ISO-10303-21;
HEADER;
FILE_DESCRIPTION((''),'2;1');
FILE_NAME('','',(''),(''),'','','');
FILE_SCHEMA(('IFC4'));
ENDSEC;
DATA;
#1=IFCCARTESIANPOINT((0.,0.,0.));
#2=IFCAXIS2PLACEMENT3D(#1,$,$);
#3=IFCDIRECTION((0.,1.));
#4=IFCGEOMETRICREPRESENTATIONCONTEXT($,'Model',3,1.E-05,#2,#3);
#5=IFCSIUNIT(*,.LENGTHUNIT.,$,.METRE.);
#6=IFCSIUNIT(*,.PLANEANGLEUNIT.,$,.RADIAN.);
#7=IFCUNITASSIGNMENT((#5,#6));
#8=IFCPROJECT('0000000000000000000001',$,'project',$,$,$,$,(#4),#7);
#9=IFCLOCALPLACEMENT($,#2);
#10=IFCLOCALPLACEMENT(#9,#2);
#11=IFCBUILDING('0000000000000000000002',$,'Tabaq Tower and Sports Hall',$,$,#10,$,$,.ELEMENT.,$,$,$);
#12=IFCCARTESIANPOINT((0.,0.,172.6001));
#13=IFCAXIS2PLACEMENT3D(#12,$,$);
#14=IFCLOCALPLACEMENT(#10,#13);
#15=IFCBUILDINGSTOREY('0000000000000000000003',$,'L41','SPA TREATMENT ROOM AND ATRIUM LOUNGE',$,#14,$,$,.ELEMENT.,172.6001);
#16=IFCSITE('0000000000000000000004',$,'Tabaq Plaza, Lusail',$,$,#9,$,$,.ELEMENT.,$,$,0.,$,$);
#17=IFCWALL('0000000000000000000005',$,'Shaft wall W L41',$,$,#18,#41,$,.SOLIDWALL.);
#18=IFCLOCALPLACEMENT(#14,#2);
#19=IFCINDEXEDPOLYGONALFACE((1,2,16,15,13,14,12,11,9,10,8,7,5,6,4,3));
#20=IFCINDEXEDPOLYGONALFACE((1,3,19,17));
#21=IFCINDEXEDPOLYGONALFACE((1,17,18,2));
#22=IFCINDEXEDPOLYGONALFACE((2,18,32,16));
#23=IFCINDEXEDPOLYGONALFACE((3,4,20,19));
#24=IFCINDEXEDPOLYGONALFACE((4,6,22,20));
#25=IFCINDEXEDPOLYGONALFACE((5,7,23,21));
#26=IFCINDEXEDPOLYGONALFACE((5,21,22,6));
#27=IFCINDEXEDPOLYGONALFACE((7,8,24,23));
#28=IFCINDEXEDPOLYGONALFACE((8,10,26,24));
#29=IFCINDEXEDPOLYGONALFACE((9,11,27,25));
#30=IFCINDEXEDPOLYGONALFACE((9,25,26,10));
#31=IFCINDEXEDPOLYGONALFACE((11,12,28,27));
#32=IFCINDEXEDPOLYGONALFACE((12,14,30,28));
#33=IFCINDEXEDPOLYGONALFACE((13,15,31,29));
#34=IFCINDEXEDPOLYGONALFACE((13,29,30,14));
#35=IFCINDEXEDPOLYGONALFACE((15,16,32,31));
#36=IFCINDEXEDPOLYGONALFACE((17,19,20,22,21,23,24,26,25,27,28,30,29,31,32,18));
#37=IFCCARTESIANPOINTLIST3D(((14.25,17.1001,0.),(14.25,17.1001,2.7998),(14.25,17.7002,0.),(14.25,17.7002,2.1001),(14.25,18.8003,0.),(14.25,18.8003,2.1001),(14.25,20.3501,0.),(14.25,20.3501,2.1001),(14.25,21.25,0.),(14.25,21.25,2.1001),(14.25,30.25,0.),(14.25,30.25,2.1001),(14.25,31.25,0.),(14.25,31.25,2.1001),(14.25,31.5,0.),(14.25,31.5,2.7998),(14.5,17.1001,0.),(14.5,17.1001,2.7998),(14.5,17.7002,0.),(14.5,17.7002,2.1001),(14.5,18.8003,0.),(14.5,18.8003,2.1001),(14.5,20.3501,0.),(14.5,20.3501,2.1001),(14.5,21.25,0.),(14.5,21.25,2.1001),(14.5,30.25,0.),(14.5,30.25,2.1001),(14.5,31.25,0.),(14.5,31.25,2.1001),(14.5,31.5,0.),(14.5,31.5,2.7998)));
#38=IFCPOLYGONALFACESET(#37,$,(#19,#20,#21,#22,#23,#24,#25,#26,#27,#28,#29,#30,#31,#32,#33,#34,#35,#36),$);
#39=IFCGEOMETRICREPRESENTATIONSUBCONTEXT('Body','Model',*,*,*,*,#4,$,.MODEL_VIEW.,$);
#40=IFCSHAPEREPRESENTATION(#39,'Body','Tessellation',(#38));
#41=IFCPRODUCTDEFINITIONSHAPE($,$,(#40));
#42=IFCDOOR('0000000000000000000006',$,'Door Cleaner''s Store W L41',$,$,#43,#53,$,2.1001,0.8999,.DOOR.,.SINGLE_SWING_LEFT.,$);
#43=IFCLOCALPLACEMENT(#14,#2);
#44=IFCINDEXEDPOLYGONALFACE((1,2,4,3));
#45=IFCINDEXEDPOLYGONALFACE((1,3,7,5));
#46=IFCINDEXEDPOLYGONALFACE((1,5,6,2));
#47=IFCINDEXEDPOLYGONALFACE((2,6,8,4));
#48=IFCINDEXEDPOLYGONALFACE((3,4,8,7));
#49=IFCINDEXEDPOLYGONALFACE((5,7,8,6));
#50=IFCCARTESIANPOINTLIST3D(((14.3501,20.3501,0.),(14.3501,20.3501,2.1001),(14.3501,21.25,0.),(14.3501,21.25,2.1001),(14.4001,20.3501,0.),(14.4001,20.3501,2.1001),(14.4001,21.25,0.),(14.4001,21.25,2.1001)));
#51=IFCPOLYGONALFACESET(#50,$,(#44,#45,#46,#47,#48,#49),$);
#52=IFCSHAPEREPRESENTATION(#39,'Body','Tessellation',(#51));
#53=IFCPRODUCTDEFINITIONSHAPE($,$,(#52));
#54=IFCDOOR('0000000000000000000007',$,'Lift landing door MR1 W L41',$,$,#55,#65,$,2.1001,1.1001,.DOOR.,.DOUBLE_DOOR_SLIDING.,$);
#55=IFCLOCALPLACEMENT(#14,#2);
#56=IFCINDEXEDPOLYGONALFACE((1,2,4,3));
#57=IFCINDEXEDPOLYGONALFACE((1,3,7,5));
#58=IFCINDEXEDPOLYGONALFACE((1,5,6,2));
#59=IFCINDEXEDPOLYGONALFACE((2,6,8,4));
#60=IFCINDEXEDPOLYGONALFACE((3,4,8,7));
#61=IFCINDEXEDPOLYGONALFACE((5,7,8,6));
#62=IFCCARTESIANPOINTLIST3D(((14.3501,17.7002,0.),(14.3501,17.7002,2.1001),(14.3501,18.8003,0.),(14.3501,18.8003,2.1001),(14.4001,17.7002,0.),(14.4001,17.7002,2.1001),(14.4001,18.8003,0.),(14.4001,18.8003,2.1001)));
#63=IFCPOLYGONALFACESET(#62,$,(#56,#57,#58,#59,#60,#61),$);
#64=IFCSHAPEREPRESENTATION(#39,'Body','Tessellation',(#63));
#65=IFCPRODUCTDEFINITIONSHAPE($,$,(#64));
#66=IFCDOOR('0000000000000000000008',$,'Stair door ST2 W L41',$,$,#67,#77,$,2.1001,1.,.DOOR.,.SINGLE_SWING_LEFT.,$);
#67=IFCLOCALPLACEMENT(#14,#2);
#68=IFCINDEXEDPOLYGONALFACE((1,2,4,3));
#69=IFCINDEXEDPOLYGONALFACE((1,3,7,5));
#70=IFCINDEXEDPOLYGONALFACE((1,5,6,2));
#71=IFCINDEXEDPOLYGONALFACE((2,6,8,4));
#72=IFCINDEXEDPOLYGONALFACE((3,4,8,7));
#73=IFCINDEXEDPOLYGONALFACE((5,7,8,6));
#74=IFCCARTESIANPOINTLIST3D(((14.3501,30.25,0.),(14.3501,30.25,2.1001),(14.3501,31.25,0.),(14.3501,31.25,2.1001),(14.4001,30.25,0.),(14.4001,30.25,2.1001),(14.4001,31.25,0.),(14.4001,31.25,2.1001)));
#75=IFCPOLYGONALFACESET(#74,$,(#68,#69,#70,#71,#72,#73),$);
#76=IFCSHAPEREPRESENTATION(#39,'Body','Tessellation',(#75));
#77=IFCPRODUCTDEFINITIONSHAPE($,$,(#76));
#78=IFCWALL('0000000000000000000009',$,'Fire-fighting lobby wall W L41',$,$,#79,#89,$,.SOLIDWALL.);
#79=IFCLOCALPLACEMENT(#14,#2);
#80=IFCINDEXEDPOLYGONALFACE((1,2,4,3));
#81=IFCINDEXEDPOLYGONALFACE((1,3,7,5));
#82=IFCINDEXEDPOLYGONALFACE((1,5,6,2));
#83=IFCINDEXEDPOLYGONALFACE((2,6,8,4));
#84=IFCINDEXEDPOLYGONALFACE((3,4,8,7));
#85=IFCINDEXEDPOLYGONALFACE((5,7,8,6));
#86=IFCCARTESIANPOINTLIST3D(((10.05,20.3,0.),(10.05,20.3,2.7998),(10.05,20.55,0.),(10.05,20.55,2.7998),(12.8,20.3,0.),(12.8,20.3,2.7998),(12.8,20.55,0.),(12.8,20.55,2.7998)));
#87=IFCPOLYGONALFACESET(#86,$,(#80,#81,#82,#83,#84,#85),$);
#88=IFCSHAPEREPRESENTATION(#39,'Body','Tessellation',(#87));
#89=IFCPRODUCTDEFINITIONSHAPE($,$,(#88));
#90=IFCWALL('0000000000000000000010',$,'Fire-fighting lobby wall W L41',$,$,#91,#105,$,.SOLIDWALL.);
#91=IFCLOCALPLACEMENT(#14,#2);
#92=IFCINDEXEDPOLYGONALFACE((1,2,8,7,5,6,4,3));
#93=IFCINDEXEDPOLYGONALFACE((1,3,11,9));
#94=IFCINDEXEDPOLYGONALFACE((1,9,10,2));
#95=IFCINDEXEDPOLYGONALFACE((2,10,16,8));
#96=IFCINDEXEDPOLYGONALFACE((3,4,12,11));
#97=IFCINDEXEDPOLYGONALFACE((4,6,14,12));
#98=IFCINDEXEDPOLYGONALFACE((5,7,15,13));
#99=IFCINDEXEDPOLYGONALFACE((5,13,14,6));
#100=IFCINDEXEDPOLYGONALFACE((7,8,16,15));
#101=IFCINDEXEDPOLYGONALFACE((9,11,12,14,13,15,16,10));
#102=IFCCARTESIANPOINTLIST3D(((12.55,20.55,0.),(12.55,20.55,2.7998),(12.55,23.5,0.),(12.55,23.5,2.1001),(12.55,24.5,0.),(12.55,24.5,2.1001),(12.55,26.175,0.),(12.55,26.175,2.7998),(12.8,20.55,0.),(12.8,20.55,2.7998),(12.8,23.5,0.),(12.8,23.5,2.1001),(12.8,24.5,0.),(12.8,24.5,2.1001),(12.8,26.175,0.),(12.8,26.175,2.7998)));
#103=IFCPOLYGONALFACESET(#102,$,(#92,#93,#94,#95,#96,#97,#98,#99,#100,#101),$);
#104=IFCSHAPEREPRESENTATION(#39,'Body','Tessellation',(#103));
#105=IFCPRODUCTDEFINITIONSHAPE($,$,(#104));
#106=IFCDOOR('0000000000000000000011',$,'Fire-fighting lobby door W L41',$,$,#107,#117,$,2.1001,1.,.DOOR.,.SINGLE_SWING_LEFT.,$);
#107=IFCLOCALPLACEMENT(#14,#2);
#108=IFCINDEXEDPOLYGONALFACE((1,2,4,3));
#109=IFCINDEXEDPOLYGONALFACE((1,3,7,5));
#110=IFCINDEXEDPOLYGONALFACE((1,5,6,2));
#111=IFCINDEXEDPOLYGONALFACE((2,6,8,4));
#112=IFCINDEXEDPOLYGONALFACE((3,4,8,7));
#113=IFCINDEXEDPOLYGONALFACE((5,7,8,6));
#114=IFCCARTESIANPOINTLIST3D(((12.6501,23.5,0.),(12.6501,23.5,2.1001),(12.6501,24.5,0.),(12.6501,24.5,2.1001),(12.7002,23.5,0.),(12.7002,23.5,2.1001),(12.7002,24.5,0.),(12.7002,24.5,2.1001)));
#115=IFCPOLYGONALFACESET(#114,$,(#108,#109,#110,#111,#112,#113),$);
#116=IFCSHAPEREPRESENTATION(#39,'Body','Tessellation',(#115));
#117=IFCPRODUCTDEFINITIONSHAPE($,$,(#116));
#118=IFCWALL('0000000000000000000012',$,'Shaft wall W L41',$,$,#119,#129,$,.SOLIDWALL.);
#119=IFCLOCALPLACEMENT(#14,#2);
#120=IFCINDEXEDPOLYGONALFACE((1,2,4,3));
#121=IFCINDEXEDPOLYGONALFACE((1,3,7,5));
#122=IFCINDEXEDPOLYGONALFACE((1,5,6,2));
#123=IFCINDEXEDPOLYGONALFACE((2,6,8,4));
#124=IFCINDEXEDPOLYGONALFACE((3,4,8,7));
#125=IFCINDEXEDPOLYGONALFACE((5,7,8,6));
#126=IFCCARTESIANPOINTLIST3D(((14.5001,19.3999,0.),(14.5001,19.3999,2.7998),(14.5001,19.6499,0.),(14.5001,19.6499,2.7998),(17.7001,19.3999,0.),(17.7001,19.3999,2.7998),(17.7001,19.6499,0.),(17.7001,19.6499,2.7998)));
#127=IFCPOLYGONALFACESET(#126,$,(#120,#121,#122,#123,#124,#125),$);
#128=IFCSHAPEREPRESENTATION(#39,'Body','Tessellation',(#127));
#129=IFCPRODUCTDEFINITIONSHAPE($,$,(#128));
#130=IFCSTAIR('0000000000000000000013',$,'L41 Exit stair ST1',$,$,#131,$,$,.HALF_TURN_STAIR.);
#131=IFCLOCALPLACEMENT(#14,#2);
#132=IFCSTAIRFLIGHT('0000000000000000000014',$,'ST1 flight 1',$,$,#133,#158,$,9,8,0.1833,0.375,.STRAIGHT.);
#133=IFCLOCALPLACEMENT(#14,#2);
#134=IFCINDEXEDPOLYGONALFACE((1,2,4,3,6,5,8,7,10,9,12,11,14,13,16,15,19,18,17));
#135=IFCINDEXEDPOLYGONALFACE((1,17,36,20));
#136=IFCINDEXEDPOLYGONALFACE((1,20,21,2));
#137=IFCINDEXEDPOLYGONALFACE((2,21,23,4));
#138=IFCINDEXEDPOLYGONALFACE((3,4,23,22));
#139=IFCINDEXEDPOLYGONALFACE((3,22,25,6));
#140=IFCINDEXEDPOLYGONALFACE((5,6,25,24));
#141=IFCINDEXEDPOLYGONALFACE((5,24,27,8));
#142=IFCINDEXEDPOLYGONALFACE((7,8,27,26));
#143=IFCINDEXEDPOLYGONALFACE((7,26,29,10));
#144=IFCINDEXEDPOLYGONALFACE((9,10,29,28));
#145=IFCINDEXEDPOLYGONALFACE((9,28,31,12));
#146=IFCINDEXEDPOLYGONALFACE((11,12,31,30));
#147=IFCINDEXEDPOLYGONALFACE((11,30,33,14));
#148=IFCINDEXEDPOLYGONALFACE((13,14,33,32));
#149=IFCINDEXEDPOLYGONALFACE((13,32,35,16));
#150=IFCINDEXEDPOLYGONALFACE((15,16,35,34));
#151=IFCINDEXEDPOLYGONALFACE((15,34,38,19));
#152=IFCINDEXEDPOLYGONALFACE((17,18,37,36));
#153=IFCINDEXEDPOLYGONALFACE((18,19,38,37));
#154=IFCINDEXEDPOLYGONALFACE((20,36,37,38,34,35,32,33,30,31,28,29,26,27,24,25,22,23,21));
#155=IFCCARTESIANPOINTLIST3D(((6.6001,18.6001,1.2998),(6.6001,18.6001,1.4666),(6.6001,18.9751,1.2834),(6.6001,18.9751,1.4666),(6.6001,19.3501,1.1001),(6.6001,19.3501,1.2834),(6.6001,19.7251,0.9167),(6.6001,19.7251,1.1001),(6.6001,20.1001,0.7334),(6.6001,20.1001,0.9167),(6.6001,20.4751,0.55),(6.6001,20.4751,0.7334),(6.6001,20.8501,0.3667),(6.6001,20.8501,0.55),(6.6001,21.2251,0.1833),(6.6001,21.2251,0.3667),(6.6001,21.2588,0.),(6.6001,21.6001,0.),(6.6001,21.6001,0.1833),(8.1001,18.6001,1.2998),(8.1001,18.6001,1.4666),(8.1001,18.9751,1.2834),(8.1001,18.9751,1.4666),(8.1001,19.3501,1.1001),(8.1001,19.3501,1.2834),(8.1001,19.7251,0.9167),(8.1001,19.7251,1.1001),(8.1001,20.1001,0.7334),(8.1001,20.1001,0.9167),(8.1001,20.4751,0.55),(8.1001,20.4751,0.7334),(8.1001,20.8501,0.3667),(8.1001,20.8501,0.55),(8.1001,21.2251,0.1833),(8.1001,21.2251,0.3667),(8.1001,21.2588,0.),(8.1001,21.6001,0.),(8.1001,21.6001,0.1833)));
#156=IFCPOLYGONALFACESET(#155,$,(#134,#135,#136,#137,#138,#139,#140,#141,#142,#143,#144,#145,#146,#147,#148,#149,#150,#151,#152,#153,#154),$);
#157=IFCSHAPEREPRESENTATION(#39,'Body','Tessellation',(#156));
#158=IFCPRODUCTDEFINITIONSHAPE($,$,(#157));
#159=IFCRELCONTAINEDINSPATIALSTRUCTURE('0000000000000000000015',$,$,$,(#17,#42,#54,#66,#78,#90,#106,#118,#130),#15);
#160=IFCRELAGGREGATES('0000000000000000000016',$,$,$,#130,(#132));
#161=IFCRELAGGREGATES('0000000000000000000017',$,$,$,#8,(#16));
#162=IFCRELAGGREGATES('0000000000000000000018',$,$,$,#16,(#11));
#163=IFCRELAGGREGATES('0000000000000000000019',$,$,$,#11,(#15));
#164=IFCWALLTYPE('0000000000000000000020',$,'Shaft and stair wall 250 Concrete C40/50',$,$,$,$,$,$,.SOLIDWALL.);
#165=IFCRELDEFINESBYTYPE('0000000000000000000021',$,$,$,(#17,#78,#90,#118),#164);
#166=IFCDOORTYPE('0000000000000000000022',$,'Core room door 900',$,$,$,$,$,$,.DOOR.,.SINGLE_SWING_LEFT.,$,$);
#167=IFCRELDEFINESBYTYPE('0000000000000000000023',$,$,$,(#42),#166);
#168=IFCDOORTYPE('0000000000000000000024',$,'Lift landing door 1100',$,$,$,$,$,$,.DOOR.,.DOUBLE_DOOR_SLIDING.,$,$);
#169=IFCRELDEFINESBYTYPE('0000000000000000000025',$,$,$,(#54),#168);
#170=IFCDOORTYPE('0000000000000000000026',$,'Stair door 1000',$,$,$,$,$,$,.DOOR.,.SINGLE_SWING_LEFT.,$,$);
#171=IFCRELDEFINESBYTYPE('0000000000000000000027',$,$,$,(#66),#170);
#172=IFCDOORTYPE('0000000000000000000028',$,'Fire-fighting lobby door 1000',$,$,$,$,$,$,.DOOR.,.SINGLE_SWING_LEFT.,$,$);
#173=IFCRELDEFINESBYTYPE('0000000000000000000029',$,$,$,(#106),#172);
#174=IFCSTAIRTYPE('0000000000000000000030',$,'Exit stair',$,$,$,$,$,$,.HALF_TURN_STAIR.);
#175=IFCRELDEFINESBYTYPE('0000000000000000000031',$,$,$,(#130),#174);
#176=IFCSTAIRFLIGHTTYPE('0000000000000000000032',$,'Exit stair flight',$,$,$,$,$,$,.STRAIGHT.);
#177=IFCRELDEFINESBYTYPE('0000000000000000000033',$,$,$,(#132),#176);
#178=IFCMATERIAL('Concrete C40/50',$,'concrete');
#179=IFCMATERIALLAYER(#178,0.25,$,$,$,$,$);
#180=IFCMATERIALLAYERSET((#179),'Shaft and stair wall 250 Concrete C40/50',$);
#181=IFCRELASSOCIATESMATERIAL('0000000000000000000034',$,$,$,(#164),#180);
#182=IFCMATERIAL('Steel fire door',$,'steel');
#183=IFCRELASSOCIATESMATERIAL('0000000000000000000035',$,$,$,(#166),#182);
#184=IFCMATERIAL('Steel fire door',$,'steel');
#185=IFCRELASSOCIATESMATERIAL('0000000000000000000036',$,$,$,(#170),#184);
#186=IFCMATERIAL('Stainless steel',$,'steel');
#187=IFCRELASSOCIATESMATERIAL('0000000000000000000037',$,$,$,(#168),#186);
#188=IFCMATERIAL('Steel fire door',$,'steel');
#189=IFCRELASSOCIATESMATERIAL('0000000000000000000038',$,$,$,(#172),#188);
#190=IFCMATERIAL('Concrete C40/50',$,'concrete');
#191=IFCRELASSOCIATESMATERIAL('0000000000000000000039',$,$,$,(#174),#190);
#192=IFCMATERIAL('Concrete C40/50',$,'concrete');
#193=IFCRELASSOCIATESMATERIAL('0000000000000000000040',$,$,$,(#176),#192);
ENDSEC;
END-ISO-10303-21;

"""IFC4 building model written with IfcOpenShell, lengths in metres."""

from ifc_helpers import new_model, si_unit, direction, frame, frame_2d, origin, place, context, subcontext, project, spatial, polyline, rectangle, outline, extrude, material, layer, layer_set, type_object, element, fill, aggregate, save


model = new_model("IFC4")

# Units and contexts
model_context = context("Model", 3, precision=1e-05, world=origin(), true_north=direction((0.0, 1.0)))
body_context = subcontext(model_context, "Body", "Model", "MODEL_VIEW")
ifc_project = project(units=[si_unit("LENGTHUNIT", "METRE"), si_unit("PLANEANGLEUNIT", "RADIAN")], contexts=[model_context])

# Site, building, storey
site_placement = place(None, origin())
site = spatial("IfcSite", under=ifc_project, at=site_placement, Name="Tabaq Plaza, Lusail", CompositionType="ELEMENT", RefElevation=0.0)
building_placement = place(site_placement, origin())
building = spatial("IfcBuilding", under=site, at=building_placement, Name="Tabaq Tower and Sports Hall", CompositionType="ELEMENT")
storey_placement = place(building_placement, frame((0.0, 0.0, 172.6001)))
storey = spatial("IfcBuildingStorey", under=building, at=storey_placement, Name="L41", Description="SPA TREATMENT ROOM AND ATRIUM LOUNGE", CompositionType="ELEMENT", Elevation=172.6001)

# Wall, openings, doors
ifc_material_1 = material(Name="Concrete C40/50", Category="concrete")
ifc_layer = layer(ifc_material_1, 0.25)
ifc_layer_set = layer_set([ifc_layer], Name="Shaft and stair wall 250 Concrete C40/50")
wall_type = type_object("IfcWallType", Name="Shaft and stair wall 250 Concrete C40/50", PredefinedType="SOLIDWALL", material=ifc_layer_set)
ifc_material_2 = material(Name="Steel fire door", Category="steel")
door_type_1 = type_object("IfcDoorType", Name="Core room door 900", OperationType="SINGLE_SWING_LEFT", PredefinedType="DOOR", material=ifc_material_2)
ifc_material_3 = material(Name="Steel fire door", Category="steel")
door_type_2 = type_object("IfcDoorType", Name="Stair door 1000", OperationType="SINGLE_SWING_LEFT", PredefinedType="DOOR", material=ifc_material_3)
wall_1_placement = place(storey_placement, frame((14.375, 17.1001, 0.0), z_axis=(0.0, 0.0, 1.0), x_axis=(0.0, 1.0, 0.0)))
wall_1 = element("IfcWall", 1, at=wall_1_placement, inside=storey, type_object=wall_type, Name="Shaft wall W L41", PredefinedType="SOLIDWALL", context=body_context, shape_type="SweptSolid", body=[
    extrude(rectangle(XDim=14.3999, YDim=0.25, at=frame_2d((7.2, 0.0))), origin(), (0.0, 0.0, 1.0), 2.7998),
])
opening_1_placement = place(wall_1_placement, frame((13.1499, 0.0, 0.0)))
opening_1 = element("IfcOpeningElement", 2, at=opening_1_placement, cuts=wall_1, PredefinedType="OPENING", context=body_context, shape_type="SweptSolid", body=[
    extrude(rectangle(XDim=1.0, YDim=2.1001, at=frame_2d((0.5, 1.05))), frame((0.0, 0.125, 0.0), z_axis=(0.0, -1.0, 0.0), x_axis=(1.0, 0.0, 0.0)), (0.0, 0.0, 1.0), 0.25),
])
opening_2_placement = place(wall_1_placement, frame((0.6001, 0.0, 0.0)))
opening_2 = element("IfcOpeningElement", 3, at=opening_2_placement, cuts=wall_1, PredefinedType="OPENING", context=body_context, shape_type="SweptSolid", body=[
    extrude(rectangle(XDim=1.1001, YDim=2.1001, at=frame_2d((0.55, 1.05))), frame((0.0, 0.125, 0.0), z_axis=(0.0, -1.0, 0.0), x_axis=(1.0, 0.0, 0.0)), (0.0, 0.0, 1.0), 0.25),
])
opening_3_placement = place(wall_1_placement, frame((3.25, 0.0, 0.0)))
opening_3 = element("IfcOpeningElement", 4, at=opening_3_placement, cuts=wall_1, PredefinedType="OPENING", context=body_context, shape_type="SweptSolid", body=[
    extrude(rectangle(XDim=0.8999, YDim=2.1001, at=frame_2d((0.45, 1.05))), frame((0.0, 0.125, 0.0), z_axis=(0.0, -1.0, 0.0), x_axis=(1.0, 0.0, 0.0)), (0.0, 0.0, 1.0), 0.25),
])
door_1_placement = place(opening_3_placement, origin())
door_1 = element("IfcDoor", 5, at=door_1_placement, inside=storey, type_object=door_type_1, Name="Door Cleaner's Store W L41", OperationType="SINGLE_SWING_LEFT", OverallHeight=2.1001, OverallWidth=0.8999, PredefinedType="DOOR", context=body_context, shape_type="SweptSolid", body=[
    extrude(rectangle(XDim=0.8999, YDim=2.1001, at=frame_2d((0.45, 1.05))), frame((0.0, 0.0249, 0.0), z_axis=(0.0, -1.0, 0.0), x_axis=(1.0, 0.0, 0.0)), (0.0, 0.0, 1.0), 0.05),
])
fill(opening_3, door_1)
ifc_material_4 = material(Name="Stainless steel", Category="steel")
door_type_3 = type_object("IfcDoorType", Name="Lift landing door 1100", OperationType="DOUBLE_DOOR_SLIDING", PredefinedType="DOOR", material=ifc_material_4)
door_2_placement = place(opening_2_placement, origin())
door_2 = element("IfcDoor", 6, at=door_2_placement, inside=storey, type_object=door_type_3, Name="Lift landing door MR1 W L41", OperationType="DOUBLE_DOOR_SLIDING", OverallHeight=2.1001, OverallWidth=1.1001, PredefinedType="DOOR", context=body_context, shape_type="SweptSolid", body=[
    extrude(rectangle(XDim=1.1001, YDim=2.1001, at=frame_2d((0.55, 1.05))), frame((0.0, 0.0249, 0.0), z_axis=(0.0, -1.0, 0.0), x_axis=(1.0, 0.0, 0.0)), (0.0, 0.0, 1.0), 0.05),
])
fill(opening_2, door_2)
door_3_placement = place(opening_1_placement, origin())
door_3 = element("IfcDoor", 7, at=door_3_placement, inside=storey, type_object=door_type_2, Name="Stair door ST2 W L41", OperationType="SINGLE_SWING_LEFT", OverallHeight=2.1001, OverallWidth=1.0, PredefinedType="DOOR", context=body_context, shape_type="SweptSolid", body=[
    extrude(rectangle(XDim=1.0, YDim=2.1001, at=frame_2d((0.5, 1.05))), frame((0.0, 0.0249, 0.0), z_axis=(0.0, -1.0, 0.0), x_axis=(1.0, 0.0, 0.0)), (0.0, 0.0, 1.0), 0.05),
])
fill(opening_1, door_3)

# Wall
wall_2_placement = place(storey_placement, frame((10.05, 20.425, 0.0), z_axis=(0.0, 0.0, 1.0), x_axis=(1.0, 0.0, 0.0)))
element("IfcWall", 8, at=wall_2_placement, inside=storey, type_object=wall_type, Name="Fire-fighting lobby wall W L41", PredefinedType="SOLIDWALL", context=body_context, shape_type="SweptSolid", body=[
    extrude(rectangle(XDim=2.75, YDim=0.25, at=frame_2d((1.375, 0.0))), origin(), (0.0, 0.0, 1.0), 2.7998),
])

# Wall, opening, door
wall_3_placement = place(storey_placement, frame((12.675, 20.55, 0.0), z_axis=(0.0, 0.0, 1.0), x_axis=(0.0, 1.0, 0.0)))
wall_3 = element("IfcWall", 9, at=wall_3_placement, inside=storey, type_object=wall_type, Name="Fire-fighting lobby wall W L41", PredefinedType="SOLIDWALL", context=body_context, shape_type="SweptSolid", body=[
    extrude(rectangle(XDim=5.625, YDim=0.25, at=frame_2d((2.8125, 0.0))), origin(), (0.0, 0.0, 1.0), 2.7998),
])
opening_4_placement = place(wall_3_placement, frame((2.95, 0.0, 0.0)))
opening_4 = element("IfcOpeningElement", 10, at=opening_4_placement, cuts=wall_3, PredefinedType="OPENING", context=body_context, shape_type="SweptSolid", body=[
    extrude(rectangle(XDim=1.0, YDim=2.1001, at=frame_2d((0.5, 1.05))), frame((0.0, 0.125, 0.0), z_axis=(0.0, -1.0, 0.0), x_axis=(1.0, 0.0, 0.0)), (0.0, 0.0, 1.0), 0.25),
])
ifc_material_5 = material(Name="Steel fire door", Category="steel")
door_type_4 = type_object("IfcDoorType", Name="Fire-fighting lobby door 1000", OperationType="SINGLE_SWING_LEFT", PredefinedType="DOOR", material=ifc_material_5)
door_4_placement = place(opening_4_placement, origin())
door_4 = element("IfcDoor", 11, at=door_4_placement, inside=storey, type_object=door_type_4, Name="Fire-fighting lobby door W L41", OperationType="SINGLE_SWING_LEFT", OverallHeight=2.1001, OverallWidth=1.0, PredefinedType="DOOR", context=body_context, shape_type="SweptSolid", body=[
    extrude(rectangle(XDim=1.0, YDim=2.1001, at=frame_2d((0.5, 1.05))), frame((0.0, 0.0249, 0.0), z_axis=(0.0, -1.0, 0.0), x_axis=(1.0, 0.0, 0.0)), (0.0, 0.0, 1.0), 0.05),
])
fill(opening_4, door_4)

# Wall
wall_4_placement = place(storey_placement, frame((14.5, 19.5249, 0.0), z_axis=(0.0, 0.0, 1.0), x_axis=(1.0, 0.0, 0.0)))
element("IfcWall", 12, at=wall_4_placement, inside=storey, type_object=wall_type, Name="Shaft wall W L41", PredefinedType="SOLIDWALL", context=body_context, shape_type="SweptSolid", body=[
    extrude(rectangle(XDim=3.2, YDim=0.25, at=frame_2d((1.6001, 0.0))), origin(), (0.0, 0.0, 1.0), 2.7998),
])

# Stair, stair flight
ifc_material_6 = material(Name="Concrete C40/50", Category="concrete")
stair_type = type_object("IfcStairType", Name="Exit stair", PredefinedType="HALF_TURN_STAIR", material=ifc_material_6)
stair_placement = place(storey_placement, origin())
stair = element("IfcStair", 13, at=stair_placement, inside=storey, type_object=stair_type, Name="L41 Exit stair ST1", PredefinedType="HALF_TURN_STAIR")
ifc_material_7 = material(Name="Concrete C40/50", Category="concrete")
stair_flight_type = type_object("IfcStairFlightType", Name="Exit stair flight", PredefinedType="STRAIGHT", material=ifc_material_7)
stair_flight_1_placement = place(storey_placement, frame((7.3501, 21.6001, 0.0), z_axis=(0.0, 0.0, 1.0), x_axis=(0.0, -1.0, 0.0)))
stair_flight_1 = element("IfcStairFlight", 14, at=stair_flight_1_placement, type_object=stair_flight_type, Name="ST1 flight 1", NumberOfRisers=9, NumberOfTreads=8, PredefinedType="STRAIGHT", RiserHeight=0.1833, TreadLength=0.375, context=body_context, shape_type="SweptSolid", body=[
    extrude(outline(polyline([(0.0, 0.0), (0.0, 0.1833), (0.375, 0.1833), (0.375, 0.3667), (0.75, 0.3667), (0.75, 0.55), (1.125, 0.55), (1.125, 0.7334), (1.5, 0.7334), (1.5, 0.9167), (1.875, 0.9167), (1.875, 1.1001), (2.25, 1.1001), (2.25, 1.2834), (2.625, 1.2834), (2.625, 1.4666), (3.0, 1.4666), (3.0, 1.6499), (3.0, 1.2998), (0.3413, 0.0), (0.0, 0.0)])), frame((0.0, 0.75, 0.0), z_axis=(0.0, -1.0, 0.0), x_axis=(1.0, 0.0, 0.0)), (0.0, 0.0, 1.0), 1.5),
])
aggregate(stair, [stair_flight_1])

save(model, "model.ifc")
